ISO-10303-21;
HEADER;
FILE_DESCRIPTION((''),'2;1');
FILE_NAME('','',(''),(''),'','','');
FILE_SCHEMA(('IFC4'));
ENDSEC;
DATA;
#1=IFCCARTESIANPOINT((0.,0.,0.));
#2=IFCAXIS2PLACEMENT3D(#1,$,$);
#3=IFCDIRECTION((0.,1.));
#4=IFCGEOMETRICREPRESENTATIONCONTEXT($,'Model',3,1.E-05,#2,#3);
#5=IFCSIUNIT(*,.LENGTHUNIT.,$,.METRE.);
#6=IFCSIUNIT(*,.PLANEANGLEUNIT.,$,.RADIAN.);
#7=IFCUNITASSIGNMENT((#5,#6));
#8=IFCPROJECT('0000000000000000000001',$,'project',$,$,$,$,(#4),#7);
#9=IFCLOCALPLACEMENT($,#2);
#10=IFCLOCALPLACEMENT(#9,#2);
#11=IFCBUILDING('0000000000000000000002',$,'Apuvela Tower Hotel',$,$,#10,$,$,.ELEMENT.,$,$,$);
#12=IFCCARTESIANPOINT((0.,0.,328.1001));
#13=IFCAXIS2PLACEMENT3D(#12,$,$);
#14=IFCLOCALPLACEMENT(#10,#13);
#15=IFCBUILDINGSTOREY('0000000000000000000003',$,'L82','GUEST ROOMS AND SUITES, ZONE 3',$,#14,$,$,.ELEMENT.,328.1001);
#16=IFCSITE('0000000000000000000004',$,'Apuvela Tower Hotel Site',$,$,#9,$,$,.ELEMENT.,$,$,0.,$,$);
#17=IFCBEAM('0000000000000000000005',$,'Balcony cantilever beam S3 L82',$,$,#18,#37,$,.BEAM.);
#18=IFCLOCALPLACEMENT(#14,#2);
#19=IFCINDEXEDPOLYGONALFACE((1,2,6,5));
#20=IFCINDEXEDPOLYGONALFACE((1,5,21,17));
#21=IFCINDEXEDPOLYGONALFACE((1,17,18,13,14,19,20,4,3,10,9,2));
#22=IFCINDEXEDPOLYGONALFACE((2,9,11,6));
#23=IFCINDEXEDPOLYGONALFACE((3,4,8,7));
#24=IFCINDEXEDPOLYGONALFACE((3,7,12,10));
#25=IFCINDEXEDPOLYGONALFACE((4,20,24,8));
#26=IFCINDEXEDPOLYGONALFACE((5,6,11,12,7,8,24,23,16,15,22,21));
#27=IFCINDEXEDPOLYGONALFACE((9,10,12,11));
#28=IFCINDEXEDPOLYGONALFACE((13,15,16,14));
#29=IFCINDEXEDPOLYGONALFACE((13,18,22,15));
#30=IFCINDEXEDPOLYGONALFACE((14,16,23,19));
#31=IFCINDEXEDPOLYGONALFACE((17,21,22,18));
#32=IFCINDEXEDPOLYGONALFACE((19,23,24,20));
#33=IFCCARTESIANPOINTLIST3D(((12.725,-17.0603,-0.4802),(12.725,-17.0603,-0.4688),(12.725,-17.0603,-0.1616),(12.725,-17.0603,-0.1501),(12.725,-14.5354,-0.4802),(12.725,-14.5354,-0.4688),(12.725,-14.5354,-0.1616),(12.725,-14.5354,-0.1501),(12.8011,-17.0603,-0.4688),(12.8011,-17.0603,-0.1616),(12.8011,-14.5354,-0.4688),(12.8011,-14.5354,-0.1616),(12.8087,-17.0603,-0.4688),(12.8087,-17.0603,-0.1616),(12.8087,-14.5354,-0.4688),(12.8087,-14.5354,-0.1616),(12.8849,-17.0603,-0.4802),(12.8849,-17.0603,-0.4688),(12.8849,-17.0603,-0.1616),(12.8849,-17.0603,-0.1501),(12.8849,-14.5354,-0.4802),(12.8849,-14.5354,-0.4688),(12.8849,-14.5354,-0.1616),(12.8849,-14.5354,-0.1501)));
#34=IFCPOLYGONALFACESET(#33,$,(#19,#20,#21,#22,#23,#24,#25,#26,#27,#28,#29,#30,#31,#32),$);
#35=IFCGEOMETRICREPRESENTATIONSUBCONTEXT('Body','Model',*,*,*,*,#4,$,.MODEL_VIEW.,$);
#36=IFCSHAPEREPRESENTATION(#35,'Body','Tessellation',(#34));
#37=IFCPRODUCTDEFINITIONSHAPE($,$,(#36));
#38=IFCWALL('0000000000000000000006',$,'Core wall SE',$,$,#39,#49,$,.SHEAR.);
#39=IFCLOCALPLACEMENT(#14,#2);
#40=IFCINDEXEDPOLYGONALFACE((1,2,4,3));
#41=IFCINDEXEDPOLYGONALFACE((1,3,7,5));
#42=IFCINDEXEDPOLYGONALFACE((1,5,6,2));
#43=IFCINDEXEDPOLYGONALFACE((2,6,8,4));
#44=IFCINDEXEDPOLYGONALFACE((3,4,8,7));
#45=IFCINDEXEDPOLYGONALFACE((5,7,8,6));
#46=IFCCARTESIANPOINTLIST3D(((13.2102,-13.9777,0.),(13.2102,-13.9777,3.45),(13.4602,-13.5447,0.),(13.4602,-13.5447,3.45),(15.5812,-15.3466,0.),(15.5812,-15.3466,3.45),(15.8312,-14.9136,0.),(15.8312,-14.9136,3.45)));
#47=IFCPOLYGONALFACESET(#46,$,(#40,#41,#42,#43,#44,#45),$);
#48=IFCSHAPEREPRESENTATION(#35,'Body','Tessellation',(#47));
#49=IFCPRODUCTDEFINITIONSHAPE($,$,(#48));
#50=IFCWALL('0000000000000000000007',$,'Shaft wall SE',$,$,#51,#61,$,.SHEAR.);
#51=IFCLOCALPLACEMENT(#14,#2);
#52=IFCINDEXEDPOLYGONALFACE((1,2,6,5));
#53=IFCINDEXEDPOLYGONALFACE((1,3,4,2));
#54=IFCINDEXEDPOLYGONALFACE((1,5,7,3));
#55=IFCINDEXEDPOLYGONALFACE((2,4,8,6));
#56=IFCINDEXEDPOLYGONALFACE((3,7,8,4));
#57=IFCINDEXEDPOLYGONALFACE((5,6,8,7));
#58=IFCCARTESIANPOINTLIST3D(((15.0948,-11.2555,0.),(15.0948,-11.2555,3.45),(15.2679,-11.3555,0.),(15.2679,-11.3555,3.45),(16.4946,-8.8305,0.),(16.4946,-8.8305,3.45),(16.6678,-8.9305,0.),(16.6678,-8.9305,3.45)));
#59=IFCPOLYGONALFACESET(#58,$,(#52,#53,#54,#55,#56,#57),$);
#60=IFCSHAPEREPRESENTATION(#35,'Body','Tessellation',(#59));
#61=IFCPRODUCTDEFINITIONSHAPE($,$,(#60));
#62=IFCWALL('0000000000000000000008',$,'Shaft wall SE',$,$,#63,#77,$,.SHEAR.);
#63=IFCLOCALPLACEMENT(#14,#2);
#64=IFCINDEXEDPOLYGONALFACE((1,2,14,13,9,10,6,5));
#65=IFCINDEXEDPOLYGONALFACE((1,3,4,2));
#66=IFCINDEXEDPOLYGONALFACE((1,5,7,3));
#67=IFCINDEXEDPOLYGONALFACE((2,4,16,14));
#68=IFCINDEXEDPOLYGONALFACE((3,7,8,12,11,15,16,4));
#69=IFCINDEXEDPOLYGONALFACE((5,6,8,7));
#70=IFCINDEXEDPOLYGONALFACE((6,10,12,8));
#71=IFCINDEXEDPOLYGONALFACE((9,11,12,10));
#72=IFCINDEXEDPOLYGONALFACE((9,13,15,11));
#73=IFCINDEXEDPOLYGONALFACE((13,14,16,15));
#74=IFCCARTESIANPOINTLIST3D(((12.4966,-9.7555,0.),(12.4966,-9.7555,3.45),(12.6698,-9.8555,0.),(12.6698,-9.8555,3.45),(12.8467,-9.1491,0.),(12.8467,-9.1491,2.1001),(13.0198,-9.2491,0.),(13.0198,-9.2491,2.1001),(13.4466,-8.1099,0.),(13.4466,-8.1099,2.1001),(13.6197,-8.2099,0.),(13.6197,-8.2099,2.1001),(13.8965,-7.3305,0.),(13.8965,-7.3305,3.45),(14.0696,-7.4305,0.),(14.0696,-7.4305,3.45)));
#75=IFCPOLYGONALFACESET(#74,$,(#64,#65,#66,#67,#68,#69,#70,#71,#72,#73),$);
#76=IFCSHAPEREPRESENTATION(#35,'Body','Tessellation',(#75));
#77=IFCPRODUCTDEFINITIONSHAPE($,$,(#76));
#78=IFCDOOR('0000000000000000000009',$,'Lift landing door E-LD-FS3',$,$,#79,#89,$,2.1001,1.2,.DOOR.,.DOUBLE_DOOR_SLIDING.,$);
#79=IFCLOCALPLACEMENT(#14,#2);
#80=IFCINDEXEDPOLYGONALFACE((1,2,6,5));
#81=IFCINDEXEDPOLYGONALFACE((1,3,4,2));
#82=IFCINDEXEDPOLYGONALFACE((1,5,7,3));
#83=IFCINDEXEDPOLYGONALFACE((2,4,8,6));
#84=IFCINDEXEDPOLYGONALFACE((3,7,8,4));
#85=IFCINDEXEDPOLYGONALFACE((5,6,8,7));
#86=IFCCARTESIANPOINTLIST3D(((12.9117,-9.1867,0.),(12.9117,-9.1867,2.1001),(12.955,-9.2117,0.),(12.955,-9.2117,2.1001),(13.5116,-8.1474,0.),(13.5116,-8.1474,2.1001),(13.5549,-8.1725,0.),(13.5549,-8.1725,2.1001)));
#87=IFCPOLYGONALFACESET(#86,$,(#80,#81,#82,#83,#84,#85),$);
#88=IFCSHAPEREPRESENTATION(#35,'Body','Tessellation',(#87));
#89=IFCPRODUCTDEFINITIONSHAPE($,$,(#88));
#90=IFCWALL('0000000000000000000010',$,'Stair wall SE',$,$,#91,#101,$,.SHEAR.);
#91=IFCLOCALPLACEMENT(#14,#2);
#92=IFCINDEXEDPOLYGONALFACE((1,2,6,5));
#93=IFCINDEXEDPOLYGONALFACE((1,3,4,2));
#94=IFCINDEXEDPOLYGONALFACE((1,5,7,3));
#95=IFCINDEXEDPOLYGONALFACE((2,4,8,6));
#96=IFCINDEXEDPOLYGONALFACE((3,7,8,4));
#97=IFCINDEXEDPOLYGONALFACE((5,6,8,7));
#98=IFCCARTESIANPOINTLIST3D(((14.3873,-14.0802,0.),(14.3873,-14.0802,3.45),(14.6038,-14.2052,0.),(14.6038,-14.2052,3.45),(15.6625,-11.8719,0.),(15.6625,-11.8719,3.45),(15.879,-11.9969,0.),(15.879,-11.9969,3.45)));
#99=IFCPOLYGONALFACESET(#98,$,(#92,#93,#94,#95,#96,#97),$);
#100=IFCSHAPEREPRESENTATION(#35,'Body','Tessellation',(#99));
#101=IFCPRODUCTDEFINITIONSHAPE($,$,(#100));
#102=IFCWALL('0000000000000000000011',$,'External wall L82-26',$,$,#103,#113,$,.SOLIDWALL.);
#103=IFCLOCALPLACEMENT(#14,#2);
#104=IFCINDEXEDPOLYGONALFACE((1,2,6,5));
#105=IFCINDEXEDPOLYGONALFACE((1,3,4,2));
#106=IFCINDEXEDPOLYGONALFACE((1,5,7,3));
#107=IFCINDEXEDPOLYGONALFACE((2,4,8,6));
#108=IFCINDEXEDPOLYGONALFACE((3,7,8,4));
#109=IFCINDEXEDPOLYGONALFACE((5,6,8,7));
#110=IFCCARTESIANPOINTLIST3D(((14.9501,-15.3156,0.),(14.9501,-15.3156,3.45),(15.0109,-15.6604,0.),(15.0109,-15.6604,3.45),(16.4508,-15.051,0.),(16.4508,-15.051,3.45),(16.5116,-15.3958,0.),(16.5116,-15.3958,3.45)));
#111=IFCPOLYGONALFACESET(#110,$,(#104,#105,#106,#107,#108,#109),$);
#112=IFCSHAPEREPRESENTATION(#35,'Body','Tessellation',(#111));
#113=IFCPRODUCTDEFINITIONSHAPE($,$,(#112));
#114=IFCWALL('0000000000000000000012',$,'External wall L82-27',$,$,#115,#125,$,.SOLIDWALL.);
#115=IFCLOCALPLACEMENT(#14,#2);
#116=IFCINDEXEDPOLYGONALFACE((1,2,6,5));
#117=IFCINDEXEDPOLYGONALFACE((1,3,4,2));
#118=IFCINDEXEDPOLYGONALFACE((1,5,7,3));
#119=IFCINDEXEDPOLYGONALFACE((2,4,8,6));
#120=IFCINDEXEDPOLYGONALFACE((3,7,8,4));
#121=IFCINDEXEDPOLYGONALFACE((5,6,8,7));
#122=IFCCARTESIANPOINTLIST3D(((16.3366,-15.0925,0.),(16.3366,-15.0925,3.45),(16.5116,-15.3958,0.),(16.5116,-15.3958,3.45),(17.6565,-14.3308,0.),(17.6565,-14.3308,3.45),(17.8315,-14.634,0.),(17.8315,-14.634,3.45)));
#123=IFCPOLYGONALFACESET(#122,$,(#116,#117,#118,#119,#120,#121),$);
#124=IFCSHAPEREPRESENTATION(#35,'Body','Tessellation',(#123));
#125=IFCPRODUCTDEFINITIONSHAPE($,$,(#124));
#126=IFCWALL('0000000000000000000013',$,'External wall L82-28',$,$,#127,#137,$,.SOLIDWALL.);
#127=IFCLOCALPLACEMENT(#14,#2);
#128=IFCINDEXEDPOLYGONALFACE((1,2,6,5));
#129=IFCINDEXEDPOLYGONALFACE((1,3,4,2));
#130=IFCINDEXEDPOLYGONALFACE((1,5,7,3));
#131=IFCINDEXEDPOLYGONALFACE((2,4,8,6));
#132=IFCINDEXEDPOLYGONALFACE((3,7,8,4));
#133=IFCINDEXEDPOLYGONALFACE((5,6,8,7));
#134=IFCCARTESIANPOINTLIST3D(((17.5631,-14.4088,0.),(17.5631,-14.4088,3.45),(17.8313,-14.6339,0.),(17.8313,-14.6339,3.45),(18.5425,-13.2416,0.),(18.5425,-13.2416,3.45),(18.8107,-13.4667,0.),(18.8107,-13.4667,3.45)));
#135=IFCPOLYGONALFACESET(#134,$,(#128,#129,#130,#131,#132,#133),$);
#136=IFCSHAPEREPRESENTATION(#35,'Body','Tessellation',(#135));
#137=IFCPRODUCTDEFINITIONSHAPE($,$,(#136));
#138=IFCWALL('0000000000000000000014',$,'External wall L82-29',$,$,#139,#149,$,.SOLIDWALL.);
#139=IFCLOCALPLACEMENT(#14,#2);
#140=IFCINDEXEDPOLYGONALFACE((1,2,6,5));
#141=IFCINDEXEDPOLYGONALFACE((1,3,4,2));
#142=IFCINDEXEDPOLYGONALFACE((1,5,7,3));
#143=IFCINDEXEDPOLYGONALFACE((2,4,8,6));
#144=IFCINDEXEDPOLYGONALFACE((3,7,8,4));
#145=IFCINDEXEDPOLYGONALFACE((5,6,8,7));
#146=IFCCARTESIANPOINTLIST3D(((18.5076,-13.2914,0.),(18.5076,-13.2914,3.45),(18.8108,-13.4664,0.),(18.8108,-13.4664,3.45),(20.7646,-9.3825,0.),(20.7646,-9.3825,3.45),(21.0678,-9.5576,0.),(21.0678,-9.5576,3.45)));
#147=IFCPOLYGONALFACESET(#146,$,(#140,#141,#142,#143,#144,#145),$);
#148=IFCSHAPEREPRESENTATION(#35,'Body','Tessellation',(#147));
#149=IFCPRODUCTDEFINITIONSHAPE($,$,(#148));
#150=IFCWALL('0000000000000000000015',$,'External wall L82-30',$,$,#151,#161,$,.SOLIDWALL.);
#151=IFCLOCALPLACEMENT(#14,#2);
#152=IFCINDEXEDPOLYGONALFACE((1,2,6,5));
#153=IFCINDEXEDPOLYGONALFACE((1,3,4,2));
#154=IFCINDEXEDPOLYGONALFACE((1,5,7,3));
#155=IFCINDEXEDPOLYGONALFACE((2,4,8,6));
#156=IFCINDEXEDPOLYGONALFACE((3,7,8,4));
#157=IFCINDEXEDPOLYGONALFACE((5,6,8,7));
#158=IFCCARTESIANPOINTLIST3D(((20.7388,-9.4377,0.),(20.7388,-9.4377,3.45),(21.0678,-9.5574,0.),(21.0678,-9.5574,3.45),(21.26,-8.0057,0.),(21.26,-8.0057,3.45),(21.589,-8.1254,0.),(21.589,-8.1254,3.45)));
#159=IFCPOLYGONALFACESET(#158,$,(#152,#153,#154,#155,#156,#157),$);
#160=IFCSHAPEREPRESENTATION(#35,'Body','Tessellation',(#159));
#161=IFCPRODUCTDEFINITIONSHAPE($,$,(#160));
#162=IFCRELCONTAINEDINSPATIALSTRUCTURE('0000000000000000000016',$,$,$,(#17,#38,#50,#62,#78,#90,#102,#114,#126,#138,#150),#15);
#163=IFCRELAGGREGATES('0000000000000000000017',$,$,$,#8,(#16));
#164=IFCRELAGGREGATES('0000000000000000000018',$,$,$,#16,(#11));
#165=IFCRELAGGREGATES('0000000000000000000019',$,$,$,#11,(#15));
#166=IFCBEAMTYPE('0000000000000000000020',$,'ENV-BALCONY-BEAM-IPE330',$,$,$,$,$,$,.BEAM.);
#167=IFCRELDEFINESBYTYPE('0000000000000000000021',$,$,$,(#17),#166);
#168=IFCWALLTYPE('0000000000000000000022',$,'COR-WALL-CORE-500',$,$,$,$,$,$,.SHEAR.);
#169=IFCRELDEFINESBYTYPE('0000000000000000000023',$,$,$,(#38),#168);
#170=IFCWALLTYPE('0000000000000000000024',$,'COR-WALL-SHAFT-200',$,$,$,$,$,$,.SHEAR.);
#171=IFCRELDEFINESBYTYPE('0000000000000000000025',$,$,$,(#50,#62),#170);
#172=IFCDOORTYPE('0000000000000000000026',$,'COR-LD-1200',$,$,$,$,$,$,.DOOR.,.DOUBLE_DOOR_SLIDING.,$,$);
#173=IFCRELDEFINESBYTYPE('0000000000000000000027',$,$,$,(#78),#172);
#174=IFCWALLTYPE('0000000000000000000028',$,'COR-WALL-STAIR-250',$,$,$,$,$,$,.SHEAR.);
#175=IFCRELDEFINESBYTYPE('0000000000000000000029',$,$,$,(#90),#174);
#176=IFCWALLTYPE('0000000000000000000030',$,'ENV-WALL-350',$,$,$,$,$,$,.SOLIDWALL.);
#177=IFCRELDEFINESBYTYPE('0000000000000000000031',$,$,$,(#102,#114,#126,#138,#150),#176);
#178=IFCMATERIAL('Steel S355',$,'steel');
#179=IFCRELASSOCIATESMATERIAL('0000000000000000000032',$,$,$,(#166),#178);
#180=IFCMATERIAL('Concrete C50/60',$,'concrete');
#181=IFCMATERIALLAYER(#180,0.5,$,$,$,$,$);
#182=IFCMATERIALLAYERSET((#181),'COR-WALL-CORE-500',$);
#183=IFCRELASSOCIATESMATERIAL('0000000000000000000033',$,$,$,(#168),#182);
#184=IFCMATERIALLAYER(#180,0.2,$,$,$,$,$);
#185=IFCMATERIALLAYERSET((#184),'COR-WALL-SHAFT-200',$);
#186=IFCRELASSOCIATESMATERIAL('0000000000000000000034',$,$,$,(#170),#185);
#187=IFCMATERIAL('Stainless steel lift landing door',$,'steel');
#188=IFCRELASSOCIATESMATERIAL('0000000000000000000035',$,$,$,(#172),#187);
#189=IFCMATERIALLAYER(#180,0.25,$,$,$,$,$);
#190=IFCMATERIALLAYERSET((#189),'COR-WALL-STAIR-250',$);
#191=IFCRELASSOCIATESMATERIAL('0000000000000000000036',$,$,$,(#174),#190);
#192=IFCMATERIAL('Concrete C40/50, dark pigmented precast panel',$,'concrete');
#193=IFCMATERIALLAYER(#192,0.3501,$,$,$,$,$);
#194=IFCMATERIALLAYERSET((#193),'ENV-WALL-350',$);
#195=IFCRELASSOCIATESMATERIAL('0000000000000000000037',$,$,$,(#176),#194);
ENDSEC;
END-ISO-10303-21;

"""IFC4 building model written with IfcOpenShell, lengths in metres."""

from ifc_helpers import new_model, si_unit, direction, frame, frame_2d, origin, origin_2d, place, context, subcontext, project, spatial, rectangle, i_section, extrude, material, layer, layer_set, material_profile, profile_set, type_object, element, fill, save


model = new_model("IFC4")

# Units and contexts
model_context = context("Model", 3, precision=1e-05, world=origin(), true_north=direction((0.0, 1.0)))
body_context = subcontext(model_context, "Body", "Model", "MODEL_VIEW")
ifc_project = project(units=[si_unit("LENGTHUNIT", "METRE"), si_unit("PLANEANGLEUNIT", "RADIAN")], contexts=[model_context])

# Site, building, storey
site_placement = place(None, origin())
site = spatial("IfcSite", under=ifc_project, at=site_placement, Name="Apuvela Tower Hotel Site", CompositionType="ELEMENT", RefElevation=0.0)
building_placement = place(site_placement, origin())
building = spatial("IfcBuilding", under=site, at=building_placement, Name="Apuvela Tower Hotel", CompositionType="ELEMENT")
storey_placement = place(building_placement, frame((0.0, 0.0, 328.1001)))
storey = spatial("IfcBuildingStorey", under=building, at=storey_placement, Name="L82", Description="GUEST ROOMS AND SUITES, ZONE 3", CompositionType="ELEMENT", Elevation=328.1001)

# Beam
ifc_material_1 = material(Name="Steel S355", Category="steel")
ifc_material_profile_1 = material_profile(ifc_material_1, i_section(OverallWidth=0.1599, OverallDepth=0.3301, WebThickness=0.0076, FlangeThickness=0.0115, at=origin_2d()), Name="IPE 330")
ifc_profile_set_1 = profile_set([ifc_material_profile_1], Name="Steel S355")
beam_type = type_object("IfcBeamType", Name="ENV-BALCONY-BEAM-IPE330", PredefinedType="BEAM", material=ifc_profile_set_1)
beam_placement = place(storey_placement, frame((12.8049, -14.5354, -0.3152), z_axis=(0.0, -1.0, 0.0), x_axis=(1.0, 0.0, 0.0)))
element("IfcBeam", 1, at=beam_placement, inside=storey, type_object=beam_type, Name="Balcony cantilever beam S3 L82", PredefinedType="BEAM", context=body_context, shape_type="SweptSolid", body=[
    extrude(i_section(OverallWidth=0.1599, OverallDepth=0.3301, WebThickness=0.0076, FlangeThickness=0.0115, at=origin_2d()), origin(), (0.0, 0.0, 1.0), 2.5249),
])

# Walls
ifc_material_2 = material(Name="Concrete C50/60", Category="concrete")
ifc_layer_1 = layer(ifc_material_2, 0.5)
ifc_layer_set_1 = layer_set([ifc_layer_1], Name="COR-WALL-CORE-500")
wall_type_1 = type_object("IfcWallType", Name="COR-WALL-CORE-500", PredefinedType="SHEAR", material=ifc_layer_set_1)
wall_1_placement = place(storey_placement, frame((13.3352, -13.7612, 0.0), z_axis=(0.0, 0.0, 1.0), x_axis=(0.866034, -0.499985, 0.0)))
element("IfcWall", 2, at=wall_1_placement, inside=storey, type_object=wall_type_1, Name="Core wall SE", PredefinedType="SHEAR", context=body_context, shape_type="SweptSolid", body=[
    extrude(rectangle(XDim=2.7378, YDim=0.5, at=frame_2d((1.3689, 0.0))), origin(), (0.0, 0.0, 1.0), 3.45),
])
ifc_layer_2 = layer(ifc_material_2, 0.2)
ifc_layer_set_2 = layer_set([ifc_layer_2], Name="COR-WALL-SHAFT-200")
wall_type_2 = type_object("IfcWallType", Name="COR-WALL-SHAFT-200", PredefinedType="SHEAR", material=ifc_layer_set_2)
wall_2_placement = place(storey_placement, frame((15.1814, -11.3054, 0.0), z_axis=(0.0, 0.0, 1.0), x_axis=(0.499946, 0.866056, 0.0)))
element("IfcWall", 3, at=wall_2_placement, inside=storey, type_object=wall_type_2, Name="Shaft wall SE", PredefinedType="SHEAR", context=body_context, shape_type="SweptSolid", body=[
    extrude(rectangle(XDim=2.8, YDim=0.2, at=frame_2d((1.3999, 0.0))), origin(), (0.0, 0.0, 1.0), 3.45),
])

# Wall, opening, door
wall_3_placement = place(storey_placement, frame((12.5833, -9.8054, 0.0), z_axis=(0.0, 0.0, 1.0), x_axis=(0.499946, 0.866056, 0.0)))
wall_3 = element("IfcWall", 4, at=wall_3_placement, inside=storey, type_object=wall_type_2, Name="Shaft wall SE", PredefinedType="SHEAR", context=body_context, shape_type="SweptSolid", body=[
    extrude(rectangle(XDim=2.8, YDim=0.2, at=frame_2d((1.3999, 0.0))), origin(), (0.0, 0.0, 1.0), 3.45),
])
opening_placement = place(wall_3_placement, frame((0.7, 0.0, 0.0)))
opening = element("IfcOpeningElement", 5, at=opening_placement, cuts=wall_3, PredefinedType="OPENING", context=body_context, shape_type="SweptSolid", body=[
    extrude(rectangle(XDim=1.2, YDim=2.1001, at=frame_2d((0.6001, 1.05))), frame((0.0, 0.1099, 0.0), z_axis=(0.0, -1.0, 0.0), x_axis=(1.0, 0.0, 0.0)), (0.0, 0.0, 1.0), 0.22),
])
ifc_material_3 = material(Name="Stainless steel lift landing door", Category="steel")
door_type = type_object("IfcDoorType", Name="COR-LD-1200", OperationType="DOUBLE_DOOR_SLIDING", PredefinedType="DOOR", material=ifc_material_3)
door_placement = place(opening_placement, origin())
door = element("IfcDoor", 6, at=door_placement, inside=storey, type_object=door_type, Name="Lift landing door E-LD-FS3", OperationType="DOUBLE_DOOR_SLIDING", OverallHeight=2.1001, OverallWidth=1.2, PredefinedType="DOOR", context=body_context, shape_type="SweptSolid", body=[
    extrude(rectangle(XDim=1.2, YDim=2.1001, at=frame_2d((0.6001, 1.05))), frame((0.0, 0.0249, 0.0), z_axis=(0.0, -1.0, 0.0), x_axis=(1.0, 0.0, 0.0)), (0.0, 0.0, 1.0), 0.05),
])
fill(opening, door)

# Walls
ifc_layer_3 = layer(ifc_material_2, 0.25)
ifc_layer_set_3 = layer_set([ifc_layer_3], Name="COR-WALL-STAIR-250")
wall_type_3 = type_object("IfcWallType", Name="COR-WALL-STAIR-250", PredefinedType="SHEAR", material=ifc_layer_set_3)
wall_4_placement = place(storey_placement, frame((14.4956, -14.1426, 0.0), z_axis=(0.0, 0.0, 1.0), x_axis=(0.500062, 0.865989, 0.0)))
element("IfcWall", 7, at=wall_4_placement, inside=storey, type_object=wall_type_3, Name="Stair wall SE", PredefinedType="SHEAR", context=body_context, shape_type="SweptSolid", body=[
    extrude(rectangle(XDim=2.55, YDim=0.25, at=frame_2d((1.2749, 0.0))), origin(), (0.0, 0.0, 1.0), 3.45),
])
ifc_material_4 = material(Name="Concrete C40/50, dark pigmented precast panel", Category="concrete")
ifc_layer_4 = layer(ifc_material_4, 0.3501)
ifc_layer_set_4 = layer_set([ifc_layer_4], Name="ENV-WALL-350")
wall_type_4 = type_object("IfcWallType", Name="ENV-WALL-350", PredefinedType="SOLIDWALL", material=ifc_layer_set_4)
for number, where, z_axis, x_axis, name in (
    (8, (14.9805, -15.488, 0.0), (0.0, 0.0, 1.0), (0.984805, 0.173667, 0.0), "External wall L82-26"),
    (9, (16.4241, -15.2441, 0.0), (0.0, 0.0, 1.0), (0.866106, 0.499861, 0.0), "External wall L82-27"),
):
    element("IfcWall", number, at=place(storey_placement, frame(where, z_axis=z_axis, x_axis=x_axis)), inside=storey, type_object=wall_type_4, Name=name, PredefinedType="SOLIDWALL", context=body_context, shape_type="SweptSolid", body=[
        extrude(rectangle(XDim=1.5239, YDim=0.3501, at=frame_2d((0.762, 0.0))), origin(), (0.0, 0.0, 1.0), 3.45),
    ])
wall_5_placement = place(storey_placement, frame((17.6973, -14.5212, 0.0), z_axis=(0.0, 0.0, 1.0), x_axis=(0.642812, 0.766024, 0.0)))
element("IfcWall", 10, at=wall_5_placement, inside=storey, type_object=wall_type_4, Name="External wall L82-28", PredefinedType="SOLIDWALL", context=body_context, shape_type="SweptSolid", body=[
    extrude(rectangle(XDim=1.5237, YDim=0.3501, at=frame_2d((0.7617, 0.0))), origin(), (0.0, 0.0, 1.0), 3.45),
])
wall_6_placement = place(storey_placement, frame((18.6592, -13.3789, 0.0), z_axis=(0.0, 0.0, 1.0), x_axis=(0.500042, 0.866001, 0.0)))
element("IfcWall", 11, at=wall_6_placement, inside=storey, type_object=wall_type_4, Name="External wall L82-29", PredefinedType="SOLIDWALL", context=body_context, shape_type="SweptSolid", body=[
    extrude(rectangle(XDim=4.5137, YDim=0.3501, at=frame_2d((2.2568, 0.0))), origin(), (0.0, 0.0, 1.0), 3.45),
])
wall_7_placement = place(storey_placement, frame((20.9033, -9.4976, 0.0), z_axis=(0.0, 0.0, 1.0), x_axis=(0.342013, 0.939695, 0.0)))
element("IfcWall", 12, at=wall_7_placement, inside=storey, type_object=wall_type_4, Name="External wall L82-30", PredefinedType="SOLIDWALL", context=body_context, shape_type="SweptSolid", body=[
    extrude(rectangle(XDim=1.5239, YDim=0.3501, at=frame_2d((0.762, 0.0))), origin(), (0.0, 0.0, 1.0), 3.45),
])

save(model, "model.ifc")
